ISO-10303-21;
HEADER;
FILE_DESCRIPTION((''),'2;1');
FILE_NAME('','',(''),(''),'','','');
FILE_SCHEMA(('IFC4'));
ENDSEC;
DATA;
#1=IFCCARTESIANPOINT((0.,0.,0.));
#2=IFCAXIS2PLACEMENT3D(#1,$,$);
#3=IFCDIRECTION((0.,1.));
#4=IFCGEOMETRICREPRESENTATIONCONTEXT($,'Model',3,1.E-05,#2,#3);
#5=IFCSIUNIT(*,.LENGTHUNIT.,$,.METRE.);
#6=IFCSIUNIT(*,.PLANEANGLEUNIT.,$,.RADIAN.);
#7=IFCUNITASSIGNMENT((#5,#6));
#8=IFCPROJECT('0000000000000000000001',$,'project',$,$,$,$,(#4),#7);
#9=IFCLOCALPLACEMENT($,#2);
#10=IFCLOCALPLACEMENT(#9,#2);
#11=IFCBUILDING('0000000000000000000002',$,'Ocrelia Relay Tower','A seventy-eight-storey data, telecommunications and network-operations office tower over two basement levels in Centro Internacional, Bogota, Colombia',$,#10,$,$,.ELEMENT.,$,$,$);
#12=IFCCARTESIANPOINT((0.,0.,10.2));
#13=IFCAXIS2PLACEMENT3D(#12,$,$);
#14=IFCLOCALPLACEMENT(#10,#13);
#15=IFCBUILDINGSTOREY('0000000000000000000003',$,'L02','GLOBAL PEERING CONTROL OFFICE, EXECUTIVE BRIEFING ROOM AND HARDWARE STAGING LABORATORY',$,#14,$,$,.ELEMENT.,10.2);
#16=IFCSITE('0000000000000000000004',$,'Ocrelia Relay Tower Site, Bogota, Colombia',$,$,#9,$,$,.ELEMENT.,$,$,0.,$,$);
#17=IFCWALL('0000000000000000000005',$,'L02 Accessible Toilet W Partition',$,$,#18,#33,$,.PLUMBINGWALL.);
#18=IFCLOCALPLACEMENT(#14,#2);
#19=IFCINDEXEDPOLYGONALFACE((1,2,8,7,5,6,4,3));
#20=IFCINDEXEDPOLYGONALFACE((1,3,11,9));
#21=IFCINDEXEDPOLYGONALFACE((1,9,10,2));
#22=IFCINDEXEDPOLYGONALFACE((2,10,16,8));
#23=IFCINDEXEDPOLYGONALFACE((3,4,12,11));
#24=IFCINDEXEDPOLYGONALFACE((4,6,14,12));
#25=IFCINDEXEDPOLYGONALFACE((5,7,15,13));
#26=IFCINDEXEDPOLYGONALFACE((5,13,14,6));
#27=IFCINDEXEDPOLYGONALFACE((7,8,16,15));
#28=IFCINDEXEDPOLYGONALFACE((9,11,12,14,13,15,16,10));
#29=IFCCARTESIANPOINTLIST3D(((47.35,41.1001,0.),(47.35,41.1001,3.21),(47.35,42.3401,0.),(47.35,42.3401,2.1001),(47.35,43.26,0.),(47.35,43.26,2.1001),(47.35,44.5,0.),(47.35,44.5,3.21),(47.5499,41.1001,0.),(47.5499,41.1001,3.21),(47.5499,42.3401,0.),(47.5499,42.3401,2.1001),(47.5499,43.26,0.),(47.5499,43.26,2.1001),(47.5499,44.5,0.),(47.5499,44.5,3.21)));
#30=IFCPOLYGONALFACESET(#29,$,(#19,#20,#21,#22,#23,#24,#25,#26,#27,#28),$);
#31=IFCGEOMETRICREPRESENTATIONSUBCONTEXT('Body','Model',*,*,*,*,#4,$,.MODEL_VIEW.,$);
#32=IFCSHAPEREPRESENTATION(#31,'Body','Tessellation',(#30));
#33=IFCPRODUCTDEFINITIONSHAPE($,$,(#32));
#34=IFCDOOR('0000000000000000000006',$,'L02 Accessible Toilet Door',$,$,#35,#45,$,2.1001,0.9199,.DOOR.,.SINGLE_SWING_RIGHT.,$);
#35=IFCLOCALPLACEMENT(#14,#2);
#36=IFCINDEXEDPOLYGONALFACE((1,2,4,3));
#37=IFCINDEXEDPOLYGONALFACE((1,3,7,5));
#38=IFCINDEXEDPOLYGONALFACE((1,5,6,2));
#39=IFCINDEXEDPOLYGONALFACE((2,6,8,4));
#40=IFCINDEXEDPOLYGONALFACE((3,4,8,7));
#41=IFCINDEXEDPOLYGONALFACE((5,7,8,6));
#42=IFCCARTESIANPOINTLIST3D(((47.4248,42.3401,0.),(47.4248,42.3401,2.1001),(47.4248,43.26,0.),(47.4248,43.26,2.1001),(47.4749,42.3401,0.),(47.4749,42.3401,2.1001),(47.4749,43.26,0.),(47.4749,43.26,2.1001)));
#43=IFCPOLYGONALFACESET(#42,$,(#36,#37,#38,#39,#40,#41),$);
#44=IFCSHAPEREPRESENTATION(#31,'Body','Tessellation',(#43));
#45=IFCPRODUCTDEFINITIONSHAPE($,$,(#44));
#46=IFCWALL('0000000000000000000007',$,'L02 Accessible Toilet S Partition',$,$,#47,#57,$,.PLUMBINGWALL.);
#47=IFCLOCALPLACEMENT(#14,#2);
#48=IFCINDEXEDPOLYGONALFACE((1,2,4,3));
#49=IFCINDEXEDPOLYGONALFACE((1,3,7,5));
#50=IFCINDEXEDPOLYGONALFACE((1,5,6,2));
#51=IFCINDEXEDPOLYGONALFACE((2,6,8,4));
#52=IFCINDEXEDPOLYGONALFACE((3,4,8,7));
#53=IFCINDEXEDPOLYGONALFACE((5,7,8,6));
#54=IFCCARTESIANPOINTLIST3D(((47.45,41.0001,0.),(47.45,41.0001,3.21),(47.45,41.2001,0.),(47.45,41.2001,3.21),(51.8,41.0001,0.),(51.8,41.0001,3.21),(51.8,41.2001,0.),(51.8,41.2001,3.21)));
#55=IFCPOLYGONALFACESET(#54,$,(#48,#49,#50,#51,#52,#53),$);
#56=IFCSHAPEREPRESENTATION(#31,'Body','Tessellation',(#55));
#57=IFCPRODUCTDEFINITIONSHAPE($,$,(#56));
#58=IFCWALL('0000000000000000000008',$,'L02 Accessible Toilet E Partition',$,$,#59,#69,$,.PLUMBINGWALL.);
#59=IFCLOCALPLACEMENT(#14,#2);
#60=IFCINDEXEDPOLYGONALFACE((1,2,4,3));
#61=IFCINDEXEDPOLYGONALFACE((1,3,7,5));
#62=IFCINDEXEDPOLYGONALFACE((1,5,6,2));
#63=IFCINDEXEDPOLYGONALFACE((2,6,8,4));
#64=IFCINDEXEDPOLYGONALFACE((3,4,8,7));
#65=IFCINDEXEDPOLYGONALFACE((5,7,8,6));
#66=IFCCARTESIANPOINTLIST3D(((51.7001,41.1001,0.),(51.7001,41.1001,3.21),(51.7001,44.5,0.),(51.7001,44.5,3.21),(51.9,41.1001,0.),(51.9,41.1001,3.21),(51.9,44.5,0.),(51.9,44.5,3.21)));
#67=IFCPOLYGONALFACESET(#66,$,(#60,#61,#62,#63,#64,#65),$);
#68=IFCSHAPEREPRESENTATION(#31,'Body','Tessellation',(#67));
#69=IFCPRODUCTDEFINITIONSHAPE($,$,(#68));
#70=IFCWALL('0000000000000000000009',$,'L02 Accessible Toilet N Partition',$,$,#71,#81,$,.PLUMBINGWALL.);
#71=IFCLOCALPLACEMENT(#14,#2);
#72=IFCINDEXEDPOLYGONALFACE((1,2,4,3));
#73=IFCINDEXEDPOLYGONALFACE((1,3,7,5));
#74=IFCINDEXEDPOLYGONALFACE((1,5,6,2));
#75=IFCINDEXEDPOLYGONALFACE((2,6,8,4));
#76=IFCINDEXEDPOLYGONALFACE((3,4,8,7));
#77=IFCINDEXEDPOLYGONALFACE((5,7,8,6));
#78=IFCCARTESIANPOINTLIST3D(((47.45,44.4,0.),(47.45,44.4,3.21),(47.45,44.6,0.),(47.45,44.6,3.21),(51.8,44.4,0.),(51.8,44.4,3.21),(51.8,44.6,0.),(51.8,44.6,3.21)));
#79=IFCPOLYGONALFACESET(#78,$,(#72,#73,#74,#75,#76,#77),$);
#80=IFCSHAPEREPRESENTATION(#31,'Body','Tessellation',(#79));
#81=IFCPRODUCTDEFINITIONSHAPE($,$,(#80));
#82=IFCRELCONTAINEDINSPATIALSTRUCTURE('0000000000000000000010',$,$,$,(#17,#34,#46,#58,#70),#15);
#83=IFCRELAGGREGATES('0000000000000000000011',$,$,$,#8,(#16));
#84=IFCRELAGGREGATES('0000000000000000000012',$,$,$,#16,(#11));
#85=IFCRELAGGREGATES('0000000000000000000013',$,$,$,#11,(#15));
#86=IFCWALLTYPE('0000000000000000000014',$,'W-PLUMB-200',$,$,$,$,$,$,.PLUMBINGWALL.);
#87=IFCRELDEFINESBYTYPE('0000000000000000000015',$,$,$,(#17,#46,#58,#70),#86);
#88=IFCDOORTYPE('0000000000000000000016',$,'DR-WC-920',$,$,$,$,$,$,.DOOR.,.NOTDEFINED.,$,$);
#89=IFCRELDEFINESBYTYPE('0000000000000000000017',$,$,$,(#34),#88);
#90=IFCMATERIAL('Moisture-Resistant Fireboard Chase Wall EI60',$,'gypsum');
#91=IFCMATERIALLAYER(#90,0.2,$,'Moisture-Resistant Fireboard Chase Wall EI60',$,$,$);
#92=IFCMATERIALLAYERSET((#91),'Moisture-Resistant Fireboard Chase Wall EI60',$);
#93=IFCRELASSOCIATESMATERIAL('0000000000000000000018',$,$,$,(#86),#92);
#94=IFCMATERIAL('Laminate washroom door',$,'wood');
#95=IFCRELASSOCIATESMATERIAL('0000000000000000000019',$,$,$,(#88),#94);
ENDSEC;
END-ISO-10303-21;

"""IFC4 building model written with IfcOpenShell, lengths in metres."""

from ifc_helpers import new_model, si_unit, direction, frame, frame_2d, origin, place, context, subcontext, project, spatial, rectangle, extrude, material, layer, layer_set, type_object, element, fill, save


model = new_model("IFC4")

# Units and contexts
model_context = context("Model", 3, precision=1e-05, world=origin(), true_north=direction((0.0, 1.0)))
body_context = subcontext(model_context, "Body", "Model", "MODEL_VIEW")
ifc_project = project(units=[si_unit("LENGTHUNIT", "METRE"), si_unit("PLANEANGLEUNIT", "RADIAN")], contexts=[model_context])

# Site, building, storey
site_placement = place(None, origin())
site = spatial("IfcSite", under=ifc_project, at=site_placement, Name="Ocrelia Relay Tower Site, Bogota, Colombia", CompositionType="ELEMENT", RefElevation=0.0)
building_placement = place(site_placement, origin())
building = spatial("IfcBuilding", under=site, at=building_placement, Name="Ocrelia Relay Tower", Description="A seventy-eight-storey data, telecommunications and network-operations office tower over two basement levels in Centro Internacional, Bogota, Colombia", CompositionType="ELEMENT")
storey_placement = place(building_placement, frame((0.0, 0.0, 10.2)))
storey = spatial("IfcBuildingStorey", under=building, at=storey_placement, Name="L02", Description="GLOBAL PEERING CONTROL OFFICE, EXECUTIVE BRIEFING ROOM AND HARDWARE STAGING LABORATORY", CompositionType="ELEMENT", Elevation=10.2)

# Shared definitions
ifc_material_1 = material(Name="Moisture-Resistant Fireboard Chase Wall EI60", Category="gypsum")
ifc_layer_1 = layer(ifc_material_1, 0.2, Name="Moisture-Resistant Fireboard Chase Wall EI60")
ifc_layer_set_1 = layer_set([ifc_layer_1], Name="Moisture-Resistant Fireboard Chase Wall EI60")
wall_type_1 = type_object("IfcWallType", Name="W-PLUMB-200", PredefinedType="PLUMBINGWALL", material=ifc_layer_set_1)
ifc_material_2 = material(Name="Laminate washroom door", Category="wood")
door_type_1 = type_object("IfcDoorType", Name="DR-WC-920", OperationType="NOTDEFINED", PredefinedType="DOOR", material=ifc_material_2)

# Wall, opening, door
wall_1_placement = place(storey_placement, frame((47.45, 44.5, 0.0), z_axis=(0.0, 0.0, 1.0), x_axis=(0.0, -1.0, 0.0)))
wall_1 = element("IfcWall", 1, at=wall_1_placement, inside=storey, type_object=wall_type_1, Name="L02 Accessible Toilet W Partition", PredefinedType="PLUMBINGWALL", context=body_context, shape_type="SweptSolid", body=[
    extrude(rectangle(XDim=3.3999, YDim=0.2, at=frame_2d((1.7, 0.0))), origin(), (0.0, 0.0, 1.0), 3.21),
])
opening_1_placement = place(wall_1_placement, frame((1.24, 0.0, 0.0)))
opening_1 = element("IfcOpeningElement", 2, at=opening_1_placement, cuts=wall_1, PredefinedType="OPENING", context=body_context, shape_type="SweptSolid", body=[
    extrude(rectangle(XDim=0.9199, YDim=2.1001, at=frame_2d((0.46, 1.05))), frame((0.0, 0.1099, 0.0), z_axis=(0.0, -1.0, 0.0), x_axis=(1.0, 0.0, 0.0)), (0.0, 0.0, 1.0), 0.22),
])
door_1_placement = place(opening_1_placement, origin())
door_1 = element("IfcDoor", 3, at=door_1_placement, inside=storey, type_object=door_type_1, Name="L02 Accessible Toilet Door", OperationType="SINGLE_SWING_RIGHT", OverallHeight=2.1001, OverallWidth=0.9199, PredefinedType="DOOR", context=body_context, shape_type="SweptSolid", body=[
    extrude(rectangle(XDim=0.9199, YDim=2.1001, at=frame_2d((0.46, 1.05))), frame((0.0, 0.0249, 0.0), z_axis=(0.0, -1.0, 0.0), x_axis=(1.0, 0.0, 0.0)), (0.0, 0.0, 1.0), 0.05),
])
fill(opening_1, door_1)

# Walls
wall_2_placement = place(storey_placement, frame((47.45, 41.1001, 0.0), z_axis=(0.0, 0.0, 1.0), x_axis=(1.0, 0.0, 0.0)))
element("IfcWall", 4, at=wall_2_placement, inside=storey, type_object=wall_type_1, Name="L02 Accessible Toilet S Partition", PredefinedType="PLUMBINGWALL", context=body_context, shape_type="SweptSolid", body=[
    extrude(rectangle(XDim=4.3501, YDim=0.2, at=frame_2d((2.175, 0.0))), origin(), (0.0, 0.0, 1.0), 3.21),
])
wall_3_placement = place(storey_placement, frame((51.8, 41.1001, 0.0), z_axis=(0.0, 0.0, 1.0), x_axis=(0.0, 1.0, 0.0)))
element("IfcWall", 5, at=wall_3_placement, inside=storey, type_object=wall_type_1, Name="L02 Accessible Toilet E Partition", PredefinedType="PLUMBINGWALL", context=body_context, shape_type="SweptSolid", body=[
    extrude(rectangle(XDim=3.3999, YDim=0.2, at=frame_2d((1.7, 0.0))), origin(), (0.0, 0.0, 1.0), 3.21),
])
wall_4_placement = place(storey_placement, frame((51.8, 44.5, 0.0), z_axis=(0.0, 0.0, 1.0), x_axis=(-1.0, 0.0, 0.0)))
element("IfcWall", 6, at=wall_4_placement, inside=storey, type_object=wall_type_1, Name="L02 Accessible Toilet N Partition", PredefinedType="PLUMBINGWALL", context=body_context, shape_type="SweptSolid", body=[
    extrude(rectangle(XDim=4.3501, YDim=0.2, at=frame_2d((2.175, 0.0))), origin(), (0.0, 0.0, 1.0), 3.21),
])

save(model, "model.ifc")
